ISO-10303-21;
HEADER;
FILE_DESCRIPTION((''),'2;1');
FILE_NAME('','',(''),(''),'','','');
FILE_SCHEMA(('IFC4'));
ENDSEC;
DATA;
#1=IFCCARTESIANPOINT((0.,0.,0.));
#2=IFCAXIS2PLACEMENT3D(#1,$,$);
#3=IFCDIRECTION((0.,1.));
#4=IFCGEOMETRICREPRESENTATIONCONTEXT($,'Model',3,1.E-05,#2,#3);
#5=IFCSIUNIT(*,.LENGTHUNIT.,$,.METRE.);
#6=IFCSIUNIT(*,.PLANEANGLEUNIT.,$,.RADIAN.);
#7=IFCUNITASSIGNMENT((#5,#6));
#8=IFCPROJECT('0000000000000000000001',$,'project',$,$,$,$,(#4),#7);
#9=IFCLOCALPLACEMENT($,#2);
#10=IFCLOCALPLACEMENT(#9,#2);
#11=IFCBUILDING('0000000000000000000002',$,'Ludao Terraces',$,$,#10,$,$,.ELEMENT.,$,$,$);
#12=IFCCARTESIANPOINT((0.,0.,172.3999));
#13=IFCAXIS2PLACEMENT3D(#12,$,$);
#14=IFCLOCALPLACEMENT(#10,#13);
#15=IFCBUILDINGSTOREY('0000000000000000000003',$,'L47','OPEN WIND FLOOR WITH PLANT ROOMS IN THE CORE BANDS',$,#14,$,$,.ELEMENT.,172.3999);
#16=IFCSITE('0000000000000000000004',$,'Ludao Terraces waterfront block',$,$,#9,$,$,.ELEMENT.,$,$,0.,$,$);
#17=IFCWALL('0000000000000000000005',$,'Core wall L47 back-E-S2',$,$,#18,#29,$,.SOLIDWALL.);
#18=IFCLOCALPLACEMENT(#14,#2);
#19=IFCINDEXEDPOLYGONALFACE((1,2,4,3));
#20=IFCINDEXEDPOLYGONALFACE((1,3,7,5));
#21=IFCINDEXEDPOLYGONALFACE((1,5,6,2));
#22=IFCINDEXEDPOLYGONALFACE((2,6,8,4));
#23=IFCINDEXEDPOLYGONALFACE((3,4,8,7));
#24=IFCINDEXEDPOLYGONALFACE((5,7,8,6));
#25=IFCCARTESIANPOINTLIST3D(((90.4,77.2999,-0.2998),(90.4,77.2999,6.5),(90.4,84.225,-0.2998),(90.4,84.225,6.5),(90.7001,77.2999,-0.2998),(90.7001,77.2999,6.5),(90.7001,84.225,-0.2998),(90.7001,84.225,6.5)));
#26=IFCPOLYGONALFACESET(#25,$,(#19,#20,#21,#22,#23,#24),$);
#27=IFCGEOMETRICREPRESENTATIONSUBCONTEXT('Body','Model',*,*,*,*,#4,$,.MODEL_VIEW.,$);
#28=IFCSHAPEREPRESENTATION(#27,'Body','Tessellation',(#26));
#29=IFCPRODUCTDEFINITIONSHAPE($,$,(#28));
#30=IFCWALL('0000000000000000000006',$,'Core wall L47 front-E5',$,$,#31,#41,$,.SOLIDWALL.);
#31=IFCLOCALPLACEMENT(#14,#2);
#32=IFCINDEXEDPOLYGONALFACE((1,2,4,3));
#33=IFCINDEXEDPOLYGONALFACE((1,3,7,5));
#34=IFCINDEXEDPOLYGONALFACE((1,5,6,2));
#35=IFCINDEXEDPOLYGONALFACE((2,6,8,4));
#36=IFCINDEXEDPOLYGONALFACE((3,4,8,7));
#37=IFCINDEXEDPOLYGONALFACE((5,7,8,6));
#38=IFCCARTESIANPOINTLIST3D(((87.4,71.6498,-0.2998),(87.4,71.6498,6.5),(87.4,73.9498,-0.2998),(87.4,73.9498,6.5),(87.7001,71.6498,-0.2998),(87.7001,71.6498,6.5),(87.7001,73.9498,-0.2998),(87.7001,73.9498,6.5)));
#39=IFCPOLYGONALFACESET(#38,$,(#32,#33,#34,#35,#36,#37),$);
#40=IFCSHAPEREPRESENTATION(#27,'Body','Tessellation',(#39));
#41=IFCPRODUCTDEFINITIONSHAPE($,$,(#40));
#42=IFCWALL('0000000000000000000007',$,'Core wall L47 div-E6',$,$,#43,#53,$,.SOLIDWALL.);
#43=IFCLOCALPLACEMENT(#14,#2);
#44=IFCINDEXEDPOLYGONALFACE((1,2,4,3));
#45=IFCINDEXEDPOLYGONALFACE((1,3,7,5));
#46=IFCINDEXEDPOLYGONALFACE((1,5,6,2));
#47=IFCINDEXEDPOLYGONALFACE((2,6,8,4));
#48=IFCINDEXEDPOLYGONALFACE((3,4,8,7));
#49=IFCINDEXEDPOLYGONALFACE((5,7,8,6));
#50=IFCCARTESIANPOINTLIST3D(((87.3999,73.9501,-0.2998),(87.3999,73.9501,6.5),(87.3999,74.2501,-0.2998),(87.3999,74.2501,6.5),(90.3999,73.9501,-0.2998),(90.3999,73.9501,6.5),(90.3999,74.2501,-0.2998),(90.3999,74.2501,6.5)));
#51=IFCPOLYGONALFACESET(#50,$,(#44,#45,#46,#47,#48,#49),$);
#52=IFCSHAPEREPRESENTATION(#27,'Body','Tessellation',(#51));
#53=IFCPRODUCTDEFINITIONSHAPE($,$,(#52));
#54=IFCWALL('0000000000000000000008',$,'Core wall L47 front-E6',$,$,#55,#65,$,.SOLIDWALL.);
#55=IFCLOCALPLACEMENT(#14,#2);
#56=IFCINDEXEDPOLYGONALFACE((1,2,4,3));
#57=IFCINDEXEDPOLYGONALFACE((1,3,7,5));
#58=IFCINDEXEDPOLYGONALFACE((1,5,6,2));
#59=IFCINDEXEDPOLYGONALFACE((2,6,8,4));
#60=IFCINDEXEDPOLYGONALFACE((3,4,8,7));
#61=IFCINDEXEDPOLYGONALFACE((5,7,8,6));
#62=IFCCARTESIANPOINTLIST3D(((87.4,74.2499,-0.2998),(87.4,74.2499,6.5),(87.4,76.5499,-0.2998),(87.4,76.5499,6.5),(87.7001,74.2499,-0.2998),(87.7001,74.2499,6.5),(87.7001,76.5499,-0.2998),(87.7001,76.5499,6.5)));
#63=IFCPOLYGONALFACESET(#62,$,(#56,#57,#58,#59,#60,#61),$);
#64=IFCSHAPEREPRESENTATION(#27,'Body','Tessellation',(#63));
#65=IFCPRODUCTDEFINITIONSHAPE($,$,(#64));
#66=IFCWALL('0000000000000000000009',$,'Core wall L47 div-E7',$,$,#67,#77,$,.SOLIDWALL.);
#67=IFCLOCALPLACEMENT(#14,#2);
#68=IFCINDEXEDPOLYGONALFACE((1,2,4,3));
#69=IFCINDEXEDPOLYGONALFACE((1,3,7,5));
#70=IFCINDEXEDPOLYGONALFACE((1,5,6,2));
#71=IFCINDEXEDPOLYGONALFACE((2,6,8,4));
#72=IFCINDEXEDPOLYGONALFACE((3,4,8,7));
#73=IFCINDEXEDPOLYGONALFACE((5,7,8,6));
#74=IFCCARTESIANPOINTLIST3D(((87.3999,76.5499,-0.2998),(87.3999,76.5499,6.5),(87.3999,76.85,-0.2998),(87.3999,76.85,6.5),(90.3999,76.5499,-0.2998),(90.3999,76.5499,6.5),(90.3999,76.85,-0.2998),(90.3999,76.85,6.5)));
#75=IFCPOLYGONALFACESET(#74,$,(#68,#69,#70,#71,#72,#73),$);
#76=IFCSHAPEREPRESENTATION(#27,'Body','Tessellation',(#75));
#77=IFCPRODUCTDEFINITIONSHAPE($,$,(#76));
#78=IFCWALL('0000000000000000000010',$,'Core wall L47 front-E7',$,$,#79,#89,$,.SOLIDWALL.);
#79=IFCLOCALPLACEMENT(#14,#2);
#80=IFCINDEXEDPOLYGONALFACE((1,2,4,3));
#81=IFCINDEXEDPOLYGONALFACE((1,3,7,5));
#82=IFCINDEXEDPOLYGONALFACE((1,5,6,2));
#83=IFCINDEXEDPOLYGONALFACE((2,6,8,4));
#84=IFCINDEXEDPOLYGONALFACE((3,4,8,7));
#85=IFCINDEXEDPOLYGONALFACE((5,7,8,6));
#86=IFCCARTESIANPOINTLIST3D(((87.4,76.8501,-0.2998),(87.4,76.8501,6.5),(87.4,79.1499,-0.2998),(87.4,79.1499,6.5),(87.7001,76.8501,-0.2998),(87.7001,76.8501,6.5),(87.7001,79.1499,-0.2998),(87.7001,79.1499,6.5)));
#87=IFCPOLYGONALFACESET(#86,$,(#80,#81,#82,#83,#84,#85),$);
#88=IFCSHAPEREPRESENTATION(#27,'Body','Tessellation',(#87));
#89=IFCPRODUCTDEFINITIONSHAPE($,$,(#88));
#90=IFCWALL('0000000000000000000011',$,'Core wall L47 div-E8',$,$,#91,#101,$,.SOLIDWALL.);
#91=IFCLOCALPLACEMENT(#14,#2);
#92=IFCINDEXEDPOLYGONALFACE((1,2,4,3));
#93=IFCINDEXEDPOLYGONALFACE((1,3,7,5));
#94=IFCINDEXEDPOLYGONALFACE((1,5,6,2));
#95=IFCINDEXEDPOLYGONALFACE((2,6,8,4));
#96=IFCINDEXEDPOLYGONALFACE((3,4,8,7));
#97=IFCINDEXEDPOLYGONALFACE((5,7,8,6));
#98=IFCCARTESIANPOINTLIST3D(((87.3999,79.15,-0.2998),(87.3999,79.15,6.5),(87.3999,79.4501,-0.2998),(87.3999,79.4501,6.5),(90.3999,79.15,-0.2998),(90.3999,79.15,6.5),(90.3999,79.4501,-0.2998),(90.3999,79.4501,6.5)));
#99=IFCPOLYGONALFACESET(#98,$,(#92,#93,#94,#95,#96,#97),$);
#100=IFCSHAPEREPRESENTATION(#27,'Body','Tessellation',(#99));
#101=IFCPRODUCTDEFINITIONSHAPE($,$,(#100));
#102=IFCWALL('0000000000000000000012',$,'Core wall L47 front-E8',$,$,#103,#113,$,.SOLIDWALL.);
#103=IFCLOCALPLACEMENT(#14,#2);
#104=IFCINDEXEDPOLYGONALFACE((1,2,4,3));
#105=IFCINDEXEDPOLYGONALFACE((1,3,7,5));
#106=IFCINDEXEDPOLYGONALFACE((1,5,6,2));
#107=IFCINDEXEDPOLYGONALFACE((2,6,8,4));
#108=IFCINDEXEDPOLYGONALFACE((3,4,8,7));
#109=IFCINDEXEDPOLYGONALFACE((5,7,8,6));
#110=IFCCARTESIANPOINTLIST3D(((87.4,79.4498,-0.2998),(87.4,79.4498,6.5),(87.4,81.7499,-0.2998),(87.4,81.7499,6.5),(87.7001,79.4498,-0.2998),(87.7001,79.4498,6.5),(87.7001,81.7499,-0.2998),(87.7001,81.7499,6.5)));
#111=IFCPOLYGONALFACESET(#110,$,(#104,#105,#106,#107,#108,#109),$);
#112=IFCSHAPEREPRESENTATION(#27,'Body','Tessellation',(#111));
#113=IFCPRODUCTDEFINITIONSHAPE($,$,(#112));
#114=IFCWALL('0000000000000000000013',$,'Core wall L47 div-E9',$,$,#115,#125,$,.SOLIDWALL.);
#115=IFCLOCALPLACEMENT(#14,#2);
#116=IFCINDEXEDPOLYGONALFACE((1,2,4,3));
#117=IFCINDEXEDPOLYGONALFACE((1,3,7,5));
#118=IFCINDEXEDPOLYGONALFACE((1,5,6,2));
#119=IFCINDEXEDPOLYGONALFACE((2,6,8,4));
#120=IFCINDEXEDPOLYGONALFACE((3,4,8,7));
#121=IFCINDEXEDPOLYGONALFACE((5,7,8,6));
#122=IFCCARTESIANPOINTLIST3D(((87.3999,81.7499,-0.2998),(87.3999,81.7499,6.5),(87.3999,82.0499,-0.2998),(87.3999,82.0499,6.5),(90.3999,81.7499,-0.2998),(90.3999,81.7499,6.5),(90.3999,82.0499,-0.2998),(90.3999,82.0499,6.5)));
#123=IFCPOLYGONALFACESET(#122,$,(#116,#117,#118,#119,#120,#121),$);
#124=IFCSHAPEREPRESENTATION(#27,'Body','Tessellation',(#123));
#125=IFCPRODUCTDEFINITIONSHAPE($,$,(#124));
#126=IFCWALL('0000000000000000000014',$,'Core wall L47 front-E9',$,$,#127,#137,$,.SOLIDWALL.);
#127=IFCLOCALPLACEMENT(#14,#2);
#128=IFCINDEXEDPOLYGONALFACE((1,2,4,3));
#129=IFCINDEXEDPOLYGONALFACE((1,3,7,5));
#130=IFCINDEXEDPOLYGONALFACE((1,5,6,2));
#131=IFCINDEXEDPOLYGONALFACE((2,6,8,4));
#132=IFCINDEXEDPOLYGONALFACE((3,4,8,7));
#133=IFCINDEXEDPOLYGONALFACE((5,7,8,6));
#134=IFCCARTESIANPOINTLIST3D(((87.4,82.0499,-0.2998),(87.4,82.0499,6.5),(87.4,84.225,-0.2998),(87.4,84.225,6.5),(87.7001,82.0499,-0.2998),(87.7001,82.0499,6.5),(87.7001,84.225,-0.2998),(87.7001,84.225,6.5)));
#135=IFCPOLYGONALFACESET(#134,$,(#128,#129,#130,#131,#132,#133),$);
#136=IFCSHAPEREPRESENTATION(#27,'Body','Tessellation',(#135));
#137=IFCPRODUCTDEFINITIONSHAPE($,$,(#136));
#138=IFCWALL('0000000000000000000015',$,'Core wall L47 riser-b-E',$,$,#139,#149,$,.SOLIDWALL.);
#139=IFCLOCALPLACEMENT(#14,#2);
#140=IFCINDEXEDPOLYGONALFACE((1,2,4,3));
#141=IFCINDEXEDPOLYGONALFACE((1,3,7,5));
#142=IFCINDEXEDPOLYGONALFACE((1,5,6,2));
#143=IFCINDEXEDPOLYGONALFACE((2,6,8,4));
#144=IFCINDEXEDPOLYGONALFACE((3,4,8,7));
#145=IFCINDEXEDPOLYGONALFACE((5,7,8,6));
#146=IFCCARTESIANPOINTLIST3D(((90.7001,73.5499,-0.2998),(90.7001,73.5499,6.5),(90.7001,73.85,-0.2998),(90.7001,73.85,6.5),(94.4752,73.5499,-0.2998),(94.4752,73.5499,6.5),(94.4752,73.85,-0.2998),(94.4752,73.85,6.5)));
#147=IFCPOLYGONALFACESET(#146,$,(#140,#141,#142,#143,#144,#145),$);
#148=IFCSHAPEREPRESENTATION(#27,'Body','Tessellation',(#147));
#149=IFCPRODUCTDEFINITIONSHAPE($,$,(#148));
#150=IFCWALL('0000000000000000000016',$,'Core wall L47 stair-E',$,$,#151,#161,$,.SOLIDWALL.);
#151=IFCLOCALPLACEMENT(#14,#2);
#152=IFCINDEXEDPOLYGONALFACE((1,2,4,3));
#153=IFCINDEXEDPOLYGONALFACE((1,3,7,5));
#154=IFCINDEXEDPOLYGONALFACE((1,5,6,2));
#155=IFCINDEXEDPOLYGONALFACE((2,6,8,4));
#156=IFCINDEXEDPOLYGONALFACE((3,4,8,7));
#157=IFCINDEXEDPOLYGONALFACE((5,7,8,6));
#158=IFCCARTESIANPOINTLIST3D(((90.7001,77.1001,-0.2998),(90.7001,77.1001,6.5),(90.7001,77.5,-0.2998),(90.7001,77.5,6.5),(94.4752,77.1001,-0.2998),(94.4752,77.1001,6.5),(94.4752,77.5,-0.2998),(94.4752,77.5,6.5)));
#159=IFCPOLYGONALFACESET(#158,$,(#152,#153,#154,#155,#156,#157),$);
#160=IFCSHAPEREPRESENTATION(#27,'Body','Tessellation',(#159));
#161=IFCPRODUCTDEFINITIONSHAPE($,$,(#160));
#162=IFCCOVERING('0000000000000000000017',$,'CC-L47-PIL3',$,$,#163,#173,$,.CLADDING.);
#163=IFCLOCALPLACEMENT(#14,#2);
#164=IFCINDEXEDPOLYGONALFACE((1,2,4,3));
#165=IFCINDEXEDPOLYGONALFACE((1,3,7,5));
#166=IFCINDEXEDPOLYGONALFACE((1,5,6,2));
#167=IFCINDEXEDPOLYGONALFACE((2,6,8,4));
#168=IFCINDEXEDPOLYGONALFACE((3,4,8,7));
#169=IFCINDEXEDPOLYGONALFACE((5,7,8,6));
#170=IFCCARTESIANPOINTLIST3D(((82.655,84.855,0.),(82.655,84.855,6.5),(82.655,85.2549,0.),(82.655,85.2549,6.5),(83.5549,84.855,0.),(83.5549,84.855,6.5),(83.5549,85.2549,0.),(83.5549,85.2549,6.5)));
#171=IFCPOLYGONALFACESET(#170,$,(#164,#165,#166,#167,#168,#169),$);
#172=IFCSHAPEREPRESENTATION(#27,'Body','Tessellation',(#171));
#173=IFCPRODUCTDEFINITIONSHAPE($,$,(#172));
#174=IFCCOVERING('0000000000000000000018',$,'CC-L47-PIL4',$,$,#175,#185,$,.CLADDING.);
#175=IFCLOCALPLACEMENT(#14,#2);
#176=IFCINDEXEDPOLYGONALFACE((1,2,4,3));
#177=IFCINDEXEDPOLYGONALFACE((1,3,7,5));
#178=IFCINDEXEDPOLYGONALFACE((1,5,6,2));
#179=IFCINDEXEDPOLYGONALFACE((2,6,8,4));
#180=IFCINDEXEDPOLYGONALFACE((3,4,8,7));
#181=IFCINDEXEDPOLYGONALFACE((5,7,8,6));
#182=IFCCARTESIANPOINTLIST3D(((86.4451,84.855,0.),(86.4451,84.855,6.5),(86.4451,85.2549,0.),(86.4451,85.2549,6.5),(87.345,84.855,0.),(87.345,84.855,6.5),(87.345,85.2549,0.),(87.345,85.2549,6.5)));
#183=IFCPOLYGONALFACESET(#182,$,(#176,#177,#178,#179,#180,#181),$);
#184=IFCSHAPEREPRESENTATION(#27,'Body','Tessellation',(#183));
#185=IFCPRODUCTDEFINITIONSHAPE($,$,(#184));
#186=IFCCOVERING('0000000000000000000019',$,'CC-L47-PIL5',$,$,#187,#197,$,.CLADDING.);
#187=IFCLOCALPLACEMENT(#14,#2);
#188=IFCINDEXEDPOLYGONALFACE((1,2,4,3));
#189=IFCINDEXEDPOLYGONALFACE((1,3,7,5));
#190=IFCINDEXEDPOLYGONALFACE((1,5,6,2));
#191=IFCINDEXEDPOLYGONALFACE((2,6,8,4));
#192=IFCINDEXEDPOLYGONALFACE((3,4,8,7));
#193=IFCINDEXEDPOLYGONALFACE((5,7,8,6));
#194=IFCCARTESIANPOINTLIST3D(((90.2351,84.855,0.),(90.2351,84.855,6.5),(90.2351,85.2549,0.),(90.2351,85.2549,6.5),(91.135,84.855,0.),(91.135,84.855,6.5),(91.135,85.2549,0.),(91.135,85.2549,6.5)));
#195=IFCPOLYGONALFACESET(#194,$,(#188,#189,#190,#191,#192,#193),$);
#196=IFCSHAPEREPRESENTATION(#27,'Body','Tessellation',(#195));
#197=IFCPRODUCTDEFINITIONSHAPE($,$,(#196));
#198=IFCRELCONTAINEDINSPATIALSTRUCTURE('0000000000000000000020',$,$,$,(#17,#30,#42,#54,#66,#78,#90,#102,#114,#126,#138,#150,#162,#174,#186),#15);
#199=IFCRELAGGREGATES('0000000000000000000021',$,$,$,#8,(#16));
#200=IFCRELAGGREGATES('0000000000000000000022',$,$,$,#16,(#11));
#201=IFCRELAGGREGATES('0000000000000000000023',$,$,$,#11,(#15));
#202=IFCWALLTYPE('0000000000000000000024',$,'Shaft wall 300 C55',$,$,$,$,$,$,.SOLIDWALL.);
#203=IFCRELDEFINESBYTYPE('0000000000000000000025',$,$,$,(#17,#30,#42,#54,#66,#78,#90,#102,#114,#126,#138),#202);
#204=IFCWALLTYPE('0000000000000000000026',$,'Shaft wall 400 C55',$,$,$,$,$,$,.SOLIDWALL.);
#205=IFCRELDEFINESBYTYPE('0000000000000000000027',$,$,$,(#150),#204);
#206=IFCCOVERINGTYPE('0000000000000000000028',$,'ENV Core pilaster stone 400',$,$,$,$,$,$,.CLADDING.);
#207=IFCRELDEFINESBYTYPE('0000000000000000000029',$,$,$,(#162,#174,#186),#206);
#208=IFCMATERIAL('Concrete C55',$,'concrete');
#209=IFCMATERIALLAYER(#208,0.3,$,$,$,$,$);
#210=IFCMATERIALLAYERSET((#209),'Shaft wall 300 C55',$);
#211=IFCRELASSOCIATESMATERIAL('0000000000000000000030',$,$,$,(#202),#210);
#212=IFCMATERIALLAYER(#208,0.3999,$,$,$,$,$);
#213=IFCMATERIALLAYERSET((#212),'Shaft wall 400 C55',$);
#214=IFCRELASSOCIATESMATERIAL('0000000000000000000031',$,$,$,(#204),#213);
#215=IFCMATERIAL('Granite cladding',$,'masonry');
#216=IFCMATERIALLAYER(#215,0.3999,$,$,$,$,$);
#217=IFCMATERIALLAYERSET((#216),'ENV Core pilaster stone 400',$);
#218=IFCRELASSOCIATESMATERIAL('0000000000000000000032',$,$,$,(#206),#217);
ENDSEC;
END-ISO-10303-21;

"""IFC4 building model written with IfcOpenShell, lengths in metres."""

from ifc_helpers import new_model, si_unit, direction, frame, frame_2d, origin, origin_2d, place, context, subcontext, project, spatial, rectangle, extrude, material, layer, layer_set, type_object, element, save


model = new_model("IFC4")

# Units and contexts
model_context = context("Model", 3, precision=1e-05, world=origin(), true_north=direction((0.0, 1.0)))
body_context = subcontext(model_context, "Body", "Model", "MODEL_VIEW")
ifc_project = project(units=[si_unit("LENGTHUNIT", "METRE"), si_unit("PLANEANGLEUNIT", "RADIAN")], contexts=[model_context])

# Site, building, storey
site_placement = place(None, origin())
site = spatial("IfcSite", under=ifc_project, at=site_placement, Name="Ludao Terraces waterfront block", CompositionType="ELEMENT", RefElevation=0.0)
building_placement = place(site_placement, origin())
building = spatial("IfcBuilding", under=site, at=building_placement, Name="Ludao Terraces", CompositionType="ELEMENT")
storey_placement = place(building_placement, frame((0.0, 0.0, 172.3999)))
storey = spatial("IfcBuildingStorey", under=building, at=storey_placement, Name="L47", Description="OPEN WIND FLOOR WITH PLANT ROOMS IN THE CORE BANDS", CompositionType="ELEMENT", Elevation=172.3999)

# Walls
ifc_material_1 = material(Name="Concrete C55", Category="concrete")
ifc_layer_1 = layer(ifc_material_1, 0.3)
ifc_layer_set_1 = layer_set([ifc_layer_1], Name="Shaft wall 300 C55")
wall_type_1 = type_object("IfcWallType", Name="Shaft wall 300 C55", PredefinedType="SOLIDWALL", material=ifc_layer_set_1)
wall_1_placement = place(storey_placement, frame((90.55, 77.3, -0.2998), z_axis=(0.0, 0.0, 1.0), x_axis=(0.0, 1.0, 0.0)))
element("IfcWall", 1, at=wall_1_placement, inside=storey, type_object=wall_type_1, Name="Core wall L47 back-E-S2", PredefinedType="SOLIDWALL", context=body_context, shape_type="SweptSolid", body=[
    extrude(rectangle(XDim=6.925, YDim=0.3, at=frame_2d((3.4624, 0.0))), origin(), (0.0, 0.0, 1.0), 6.7998),
])
wall_2_placement = place(storey_placement, frame((87.55, 71.6499, -0.2998), z_axis=(0.0, 0.0, 1.0), x_axis=(0.0, 1.0, 0.0)))
element("IfcWall", 2, at=wall_2_placement, inside=storey, type_object=wall_type_1, Name="Core wall L47 front-E5", PredefinedType="SOLIDWALL", context=body_context, shape_type="SweptSolid", body=[
    extrude(rectangle(XDim=2.3, YDim=0.3, at=frame_2d((1.1499, 0.0))), origin(), (0.0, 0.0, 1.0), 6.7998),
])
wall_3_placement = place(storey_placement, frame((87.3999, 74.1001, -0.2998), z_axis=(0.0, 0.0, 1.0), x_axis=(1.0, 0.0, 0.0)))
element("IfcWall", 3, at=wall_3_placement, inside=storey, type_object=wall_type_1, Name="Core wall L47 div-E6", PredefinedType="SOLIDWALL", context=body_context, shape_type="SweptSolid", body=[
    extrude(rectangle(XDim=3.0, YDim=0.3, at=frame_2d((1.5, 0.0))), origin(), (0.0, 0.0, 1.0), 6.7998),
])
wall_4_placement = place(storey_placement, frame((87.55, 74.25, -0.2998), z_axis=(0.0, 0.0, 1.0), x_axis=(0.0, 1.0, 0.0)))
element("IfcWall", 4, at=wall_4_placement, inside=storey, type_object=wall_type_1, Name="Core wall L47 front-E6", PredefinedType="SOLIDWALL", context=body_context, shape_type="SweptSolid", body=[
    extrude(rectangle(XDim=2.3, YDim=0.3, at=frame_2d((1.1499, 0.0))), origin(), (0.0, 0.0, 1.0), 6.7998),
])
wall_5_placement = place(storey_placement, frame((87.3999, 76.7, -0.2998), z_axis=(0.0, 0.0, 1.0), x_axis=(1.0, 0.0, 0.0)))
element("IfcWall", 5, at=wall_5_placement, inside=storey, type_object=wall_type_1, Name="Core wall L47 div-E7", PredefinedType="SOLIDWALL", context=body_context, shape_type="SweptSolid", body=[
    extrude(rectangle(XDim=3.0, YDim=0.3, at=frame_2d((1.5, 0.0))), origin(), (0.0, 0.0, 1.0), 6.7998),
])
wall_6_placement = place(storey_placement, frame((87.55, 76.8501, -0.2998), z_axis=(0.0, 0.0, 1.0), x_axis=(0.0, 1.0, 0.0)))
element("IfcWall", 6, at=wall_6_placement, inside=storey, type_object=wall_type_1, Name="Core wall L47 front-E7", PredefinedType="SOLIDWALL", context=body_context, shape_type="SweptSolid", body=[
    extrude(rectangle(XDim=2.2998, YDim=0.3, at=frame_2d((1.1499, 0.0))), origin(), (0.0, 0.0, 1.0), 6.7998),
])
wall_7_placement = place(storey_placement, frame((87.3999, 79.3, -0.2998), z_axis=(0.0, 0.0, 1.0), x_axis=(1.0, 0.0, 0.0)))
element("IfcWall", 7, at=wall_7_placement, inside=storey, type_object=wall_type_1, Name="Core wall L47 div-E8", PredefinedType="SOLIDWALL", context=body_context, shape_type="SweptSolid", body=[
    extrude(rectangle(XDim=3.0, YDim=0.3, at=frame_2d((1.5, 0.0))), origin(), (0.0, 0.0, 1.0), 6.7998),
])
wall_8_placement = place(storey_placement, frame((87.55, 79.45, -0.2998), z_axis=(0.0, 0.0, 1.0), x_axis=(0.0, 1.0, 0.0)))
element("IfcWall", 8, at=wall_8_placement, inside=storey, type_object=wall_type_1, Name="Core wall L47 front-E8", PredefinedType="SOLIDWALL", context=body_context, shape_type="SweptSolid", body=[
    extrude(rectangle(XDim=2.3, YDim=0.3, at=frame_2d((1.1499, 0.0))), origin(), (0.0, 0.0, 1.0), 6.7998),
])
wall_9_placement = place(storey_placement, frame((87.3999, 81.8999, -0.2998), z_axis=(0.0, 0.0, 1.0), x_axis=(1.0, 0.0, 0.0)))
element("IfcWall", 9, at=wall_9_placement, inside=storey, type_object=wall_type_1, Name="Core wall L47 div-E9", PredefinedType="SOLIDWALL", context=body_context, shape_type="SweptSolid", body=[
    extrude(rectangle(XDim=3.0, YDim=0.3, at=frame_2d((1.5, 0.0))), origin(), (0.0, 0.0, 1.0), 6.7998),
])
wall_10_placement = place(storey_placement, frame((87.55, 82.05, -0.2998), z_axis=(0.0, 0.0, 1.0), x_axis=(0.0, 1.0, 0.0)))
element("IfcWall", 10, at=wall_10_placement, inside=storey, type_object=wall_type_1, Name="Core wall L47 front-E9", PredefinedType="SOLIDWALL", context=body_context, shape_type="SweptSolid", body=[
    extrude(rectangle(XDim=2.175, YDim=0.3, at=frame_2d((1.0874, 0.0))), origin(), (0.0, 0.0, 1.0), 6.7998),
])
wall_11_placement = place(storey_placement, frame((90.7, 73.7, -0.2998), z_axis=(0.0, 0.0, 1.0), x_axis=(1.0, 0.0, 0.0)))
element("IfcWall", 11, at=wall_11_placement, inside=storey, type_object=wall_type_1, Name="Core wall L47 riser-b-E", PredefinedType="SOLIDWALL", context=body_context, shape_type="SweptSolid", body=[
    extrude(rectangle(XDim=3.7751, YDim=0.3, at=frame_2d((1.8877, 0.0))), origin(), (0.0, 0.0, 1.0), 6.7998),
])
ifc_layer_2 = layer(ifc_material_1, 0.3999)
ifc_layer_set_2 = layer_set([ifc_layer_2], Name="Shaft wall 400 C55")
wall_type_2 = type_object("IfcWallType", Name="Shaft wall 400 C55", PredefinedType="SOLIDWALL", material=ifc_layer_set_2)
wall_12_placement = place(storey_placement, frame((90.7, 77.3, -0.2998), z_axis=(0.0, 0.0, 1.0), x_axis=(1.0, 0.0, 0.0)))
element("IfcWall", 12, at=wall_12_placement, inside=storey, type_object=wall_type_2, Name="Core wall L47 stair-E", PredefinedType="SOLIDWALL", context=body_context, shape_type="SweptSolid", body=[
    extrude(rectangle(XDim=3.7751, YDim=0.3999, at=frame_2d((1.8877, 0.0))), origin(), (0.0, 0.0, 1.0), 6.7998),
])

# Coverings
ifc_material_2 = material(Name="Granite cladding", Category="masonry")
ifc_layer_3 = layer(ifc_material_2, 0.3999)
ifc_layer_set_3 = layer_set([ifc_layer_3], Name="ENV Core pilaster stone 400")
covering_type_1 = type_object("IfcCoveringType", Name="ENV Core pilaster stone 400", PredefinedType="CLADDING", material=ifc_layer_set_3)
for number, where, z_axis, x_axis, name in (
    (13, (83.105, 85.0549, 0.0), (0.0, 0.0, 1.0), (1.0, 0.0, 0.0), "CC-L47-PIL3"),
    (14, (86.895, 85.0549, 0.0), (0.0, 0.0, 1.0), (1.0, 0.0, 0.0), "CC-L47-PIL4"),
    (15, (90.6851, 85.0549, 0.0), (0.0, 0.0, 1.0), (1.0, 0.0, 0.0), "CC-L47-PIL5"),
):
    element("IfcCovering", number, at=place(storey_placement, frame(where, z_axis=z_axis, x_axis=x_axis)), inside=storey, type_object=covering_type_1, Name=name, PredefinedType="CLADDING", context=body_context, shape_type="SweptSolid", body=[
        extrude(rectangle(XDim=0.8999, YDim=0.3999, at=origin_2d()), origin(), (0.0, 0.0, 1.0), 6.5),
    ])

save(model, "model.ifc")
